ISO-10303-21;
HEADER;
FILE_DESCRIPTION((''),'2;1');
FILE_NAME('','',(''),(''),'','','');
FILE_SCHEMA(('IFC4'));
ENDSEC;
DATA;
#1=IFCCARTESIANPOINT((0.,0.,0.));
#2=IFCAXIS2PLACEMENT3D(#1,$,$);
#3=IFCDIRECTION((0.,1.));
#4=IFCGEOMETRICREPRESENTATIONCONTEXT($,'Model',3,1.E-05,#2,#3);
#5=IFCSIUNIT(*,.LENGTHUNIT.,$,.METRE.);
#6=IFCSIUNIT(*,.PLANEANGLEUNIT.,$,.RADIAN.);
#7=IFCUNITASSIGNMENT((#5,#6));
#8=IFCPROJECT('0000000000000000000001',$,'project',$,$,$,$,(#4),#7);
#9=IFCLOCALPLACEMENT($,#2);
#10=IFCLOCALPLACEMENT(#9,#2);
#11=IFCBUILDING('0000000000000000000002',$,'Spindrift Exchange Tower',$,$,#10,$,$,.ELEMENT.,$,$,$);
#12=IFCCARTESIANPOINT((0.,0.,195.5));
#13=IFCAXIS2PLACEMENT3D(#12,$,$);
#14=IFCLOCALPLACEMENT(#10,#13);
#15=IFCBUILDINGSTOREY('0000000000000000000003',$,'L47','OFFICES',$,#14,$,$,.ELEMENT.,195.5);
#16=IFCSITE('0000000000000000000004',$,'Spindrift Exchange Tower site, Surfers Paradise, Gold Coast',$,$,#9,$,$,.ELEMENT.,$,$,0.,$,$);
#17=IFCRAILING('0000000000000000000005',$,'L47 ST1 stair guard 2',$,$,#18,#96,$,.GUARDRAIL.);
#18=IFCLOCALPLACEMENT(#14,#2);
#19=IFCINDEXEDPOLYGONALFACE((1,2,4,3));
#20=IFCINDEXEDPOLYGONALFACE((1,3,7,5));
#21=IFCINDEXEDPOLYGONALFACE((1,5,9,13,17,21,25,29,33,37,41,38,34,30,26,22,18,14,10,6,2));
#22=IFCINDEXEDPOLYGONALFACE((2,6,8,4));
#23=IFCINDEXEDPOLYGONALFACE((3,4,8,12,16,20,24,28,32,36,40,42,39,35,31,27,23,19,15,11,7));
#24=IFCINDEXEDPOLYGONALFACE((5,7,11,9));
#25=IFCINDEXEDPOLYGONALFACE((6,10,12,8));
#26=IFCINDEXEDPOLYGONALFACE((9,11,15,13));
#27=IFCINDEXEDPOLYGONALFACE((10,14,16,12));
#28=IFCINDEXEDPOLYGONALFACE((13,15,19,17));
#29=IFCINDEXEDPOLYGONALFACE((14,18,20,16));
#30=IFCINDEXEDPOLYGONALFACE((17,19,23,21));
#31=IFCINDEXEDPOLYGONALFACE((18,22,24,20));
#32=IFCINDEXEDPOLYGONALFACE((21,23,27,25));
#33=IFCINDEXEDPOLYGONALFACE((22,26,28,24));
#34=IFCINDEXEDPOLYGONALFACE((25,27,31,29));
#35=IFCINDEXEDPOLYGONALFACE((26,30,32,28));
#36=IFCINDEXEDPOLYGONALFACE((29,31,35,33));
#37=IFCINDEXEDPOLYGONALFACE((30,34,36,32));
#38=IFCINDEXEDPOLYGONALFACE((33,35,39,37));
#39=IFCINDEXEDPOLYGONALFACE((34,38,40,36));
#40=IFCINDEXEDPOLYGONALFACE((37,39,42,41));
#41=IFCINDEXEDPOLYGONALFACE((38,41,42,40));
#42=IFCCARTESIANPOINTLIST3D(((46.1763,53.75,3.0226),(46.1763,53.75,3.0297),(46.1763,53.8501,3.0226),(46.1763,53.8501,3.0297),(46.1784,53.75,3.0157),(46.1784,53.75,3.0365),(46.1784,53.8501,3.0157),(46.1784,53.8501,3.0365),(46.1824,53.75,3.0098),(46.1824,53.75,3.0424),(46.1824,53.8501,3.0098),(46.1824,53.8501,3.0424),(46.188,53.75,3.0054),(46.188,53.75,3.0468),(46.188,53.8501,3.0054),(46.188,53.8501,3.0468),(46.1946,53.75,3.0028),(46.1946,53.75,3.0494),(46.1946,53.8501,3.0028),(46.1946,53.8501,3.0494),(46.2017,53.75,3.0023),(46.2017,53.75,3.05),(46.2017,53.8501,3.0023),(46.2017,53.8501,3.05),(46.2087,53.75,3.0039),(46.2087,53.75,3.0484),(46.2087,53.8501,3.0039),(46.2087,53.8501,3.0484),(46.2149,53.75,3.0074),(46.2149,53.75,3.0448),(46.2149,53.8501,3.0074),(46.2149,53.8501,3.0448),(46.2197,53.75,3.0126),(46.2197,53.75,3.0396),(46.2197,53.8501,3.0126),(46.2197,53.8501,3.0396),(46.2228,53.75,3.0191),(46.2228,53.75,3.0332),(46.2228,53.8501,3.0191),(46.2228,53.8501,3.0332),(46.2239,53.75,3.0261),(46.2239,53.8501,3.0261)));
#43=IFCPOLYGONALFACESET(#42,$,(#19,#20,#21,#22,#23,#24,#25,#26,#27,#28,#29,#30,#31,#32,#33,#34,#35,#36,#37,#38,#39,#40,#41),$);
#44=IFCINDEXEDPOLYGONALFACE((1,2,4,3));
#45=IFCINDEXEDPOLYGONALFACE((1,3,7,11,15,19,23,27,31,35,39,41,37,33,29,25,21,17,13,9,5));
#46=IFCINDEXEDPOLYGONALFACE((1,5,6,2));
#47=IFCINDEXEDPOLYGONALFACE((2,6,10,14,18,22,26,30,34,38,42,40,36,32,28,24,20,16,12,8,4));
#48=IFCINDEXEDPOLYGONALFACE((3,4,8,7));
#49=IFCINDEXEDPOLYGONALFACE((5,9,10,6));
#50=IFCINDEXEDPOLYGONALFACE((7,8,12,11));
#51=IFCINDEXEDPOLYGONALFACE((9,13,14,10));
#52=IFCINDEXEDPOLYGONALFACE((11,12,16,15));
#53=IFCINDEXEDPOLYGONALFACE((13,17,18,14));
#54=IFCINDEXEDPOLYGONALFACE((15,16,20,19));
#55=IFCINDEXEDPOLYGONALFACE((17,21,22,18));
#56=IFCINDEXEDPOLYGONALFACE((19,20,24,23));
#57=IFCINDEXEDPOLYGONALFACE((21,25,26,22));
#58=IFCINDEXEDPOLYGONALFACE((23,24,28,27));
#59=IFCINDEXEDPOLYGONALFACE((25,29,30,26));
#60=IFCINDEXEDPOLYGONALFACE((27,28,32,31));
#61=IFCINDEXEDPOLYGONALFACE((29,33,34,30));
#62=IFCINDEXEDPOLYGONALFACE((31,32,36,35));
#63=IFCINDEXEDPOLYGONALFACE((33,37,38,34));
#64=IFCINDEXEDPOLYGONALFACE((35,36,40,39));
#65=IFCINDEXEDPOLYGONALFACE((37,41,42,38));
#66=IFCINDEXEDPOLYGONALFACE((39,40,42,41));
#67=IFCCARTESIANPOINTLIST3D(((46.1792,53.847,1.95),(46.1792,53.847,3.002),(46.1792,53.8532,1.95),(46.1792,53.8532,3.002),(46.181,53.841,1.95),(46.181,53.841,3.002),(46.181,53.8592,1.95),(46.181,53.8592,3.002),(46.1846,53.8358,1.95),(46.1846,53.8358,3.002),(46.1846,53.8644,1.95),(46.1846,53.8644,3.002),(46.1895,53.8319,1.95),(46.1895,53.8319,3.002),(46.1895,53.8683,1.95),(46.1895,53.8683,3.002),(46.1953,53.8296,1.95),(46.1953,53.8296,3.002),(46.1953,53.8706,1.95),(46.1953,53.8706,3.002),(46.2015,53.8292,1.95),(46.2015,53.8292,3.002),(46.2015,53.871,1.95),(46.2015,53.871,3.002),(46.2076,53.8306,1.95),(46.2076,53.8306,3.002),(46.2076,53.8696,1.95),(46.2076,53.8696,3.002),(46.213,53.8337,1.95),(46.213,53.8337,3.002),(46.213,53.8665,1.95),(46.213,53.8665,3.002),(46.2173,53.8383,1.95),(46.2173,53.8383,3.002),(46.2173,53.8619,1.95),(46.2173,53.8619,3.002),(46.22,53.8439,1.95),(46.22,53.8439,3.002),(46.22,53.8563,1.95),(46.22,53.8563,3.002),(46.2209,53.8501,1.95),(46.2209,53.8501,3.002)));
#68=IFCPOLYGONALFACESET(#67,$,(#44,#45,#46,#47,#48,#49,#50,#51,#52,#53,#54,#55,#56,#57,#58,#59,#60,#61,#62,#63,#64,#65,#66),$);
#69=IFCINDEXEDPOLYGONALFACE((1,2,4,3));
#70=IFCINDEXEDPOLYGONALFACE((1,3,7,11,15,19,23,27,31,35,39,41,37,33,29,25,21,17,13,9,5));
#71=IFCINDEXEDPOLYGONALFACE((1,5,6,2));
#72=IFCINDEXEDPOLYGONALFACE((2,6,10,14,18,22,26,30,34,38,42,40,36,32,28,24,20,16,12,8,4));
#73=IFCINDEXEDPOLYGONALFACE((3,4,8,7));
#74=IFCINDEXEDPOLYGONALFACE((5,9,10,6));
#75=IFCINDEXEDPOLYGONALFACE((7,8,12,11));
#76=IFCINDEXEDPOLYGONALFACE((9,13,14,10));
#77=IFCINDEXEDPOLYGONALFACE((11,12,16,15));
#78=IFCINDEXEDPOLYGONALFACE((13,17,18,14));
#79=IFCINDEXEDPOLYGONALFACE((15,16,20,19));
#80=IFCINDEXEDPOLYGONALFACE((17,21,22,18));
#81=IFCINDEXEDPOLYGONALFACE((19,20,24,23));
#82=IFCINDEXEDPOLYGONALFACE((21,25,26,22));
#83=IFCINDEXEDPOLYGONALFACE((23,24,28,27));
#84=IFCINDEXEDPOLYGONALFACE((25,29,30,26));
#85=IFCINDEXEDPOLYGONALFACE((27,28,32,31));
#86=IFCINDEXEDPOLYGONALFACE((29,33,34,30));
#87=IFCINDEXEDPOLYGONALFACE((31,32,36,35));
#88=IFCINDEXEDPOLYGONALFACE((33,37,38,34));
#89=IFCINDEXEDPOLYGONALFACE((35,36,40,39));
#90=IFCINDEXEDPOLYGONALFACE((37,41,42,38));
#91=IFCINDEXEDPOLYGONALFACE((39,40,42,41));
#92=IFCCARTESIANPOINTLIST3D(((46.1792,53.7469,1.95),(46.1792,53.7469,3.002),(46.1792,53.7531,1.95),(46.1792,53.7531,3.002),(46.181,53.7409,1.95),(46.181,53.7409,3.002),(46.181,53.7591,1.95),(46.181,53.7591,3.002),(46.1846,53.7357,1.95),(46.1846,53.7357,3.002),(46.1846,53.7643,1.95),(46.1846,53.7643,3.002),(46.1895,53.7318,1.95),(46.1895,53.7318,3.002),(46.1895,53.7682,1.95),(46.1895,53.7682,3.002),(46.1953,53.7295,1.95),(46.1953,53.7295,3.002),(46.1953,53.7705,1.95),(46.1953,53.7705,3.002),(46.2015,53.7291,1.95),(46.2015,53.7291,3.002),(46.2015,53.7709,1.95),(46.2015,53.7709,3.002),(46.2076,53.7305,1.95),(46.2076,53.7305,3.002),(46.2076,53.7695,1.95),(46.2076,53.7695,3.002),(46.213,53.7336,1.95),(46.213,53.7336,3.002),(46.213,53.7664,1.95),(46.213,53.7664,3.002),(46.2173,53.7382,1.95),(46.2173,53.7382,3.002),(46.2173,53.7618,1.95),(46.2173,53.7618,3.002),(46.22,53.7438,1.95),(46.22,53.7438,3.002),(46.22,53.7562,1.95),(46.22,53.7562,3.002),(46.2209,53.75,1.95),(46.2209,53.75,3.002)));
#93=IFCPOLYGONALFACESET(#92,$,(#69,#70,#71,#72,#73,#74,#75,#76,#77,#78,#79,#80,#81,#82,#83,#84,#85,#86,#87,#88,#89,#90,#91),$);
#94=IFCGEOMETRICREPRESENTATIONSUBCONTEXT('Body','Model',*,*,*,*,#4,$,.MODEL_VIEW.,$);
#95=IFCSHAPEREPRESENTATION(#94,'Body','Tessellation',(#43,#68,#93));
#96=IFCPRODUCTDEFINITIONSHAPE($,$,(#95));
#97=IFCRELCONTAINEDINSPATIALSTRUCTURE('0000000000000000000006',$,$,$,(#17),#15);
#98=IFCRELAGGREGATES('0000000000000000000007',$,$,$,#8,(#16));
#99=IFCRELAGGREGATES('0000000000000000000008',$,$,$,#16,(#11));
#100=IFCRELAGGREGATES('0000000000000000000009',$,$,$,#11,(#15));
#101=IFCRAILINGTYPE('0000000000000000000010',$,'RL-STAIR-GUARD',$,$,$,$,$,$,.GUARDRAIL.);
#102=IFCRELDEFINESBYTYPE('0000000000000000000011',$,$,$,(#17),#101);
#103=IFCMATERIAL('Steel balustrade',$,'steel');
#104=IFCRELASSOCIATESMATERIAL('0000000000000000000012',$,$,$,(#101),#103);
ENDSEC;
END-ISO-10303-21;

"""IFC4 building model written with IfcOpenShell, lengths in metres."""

from ifc_helpers import new_model, si_unit, direction, frame, origin, origin_2d, place, context, subcontext, project, spatial, circle, extrude, material, type_object, element, save


model = new_model("IFC4")

# Units and contexts
model_context = context("Model", 3, precision=1e-05, world=origin(), true_north=direction((0.0, 1.0)))
body_context = subcontext(model_context, "Body", "Model", "MODEL_VIEW")
ifc_project = project(units=[si_unit("LENGTHUNIT", "METRE"), si_unit("PLANEANGLEUNIT", "RADIAN")], contexts=[model_context])

# Site, building, storey
site_placement = place(None, origin())
site = spatial("IfcSite", under=ifc_project, at=site_placement, Name="Spindrift Exchange Tower site, Surfers Paradise, Gold Coast", CompositionType="ELEMENT", RefElevation=0.0)
building_placement = place(site_placement, origin())
building = spatial("IfcBuilding", under=site, at=building_placement, Name="Spindrift Exchange Tower", CompositionType="ELEMENT")
storey_placement = place(building_placement, frame((0.0, 0.0, 195.5)))
storey = spatial("IfcBuildingStorey", under=building, at=storey_placement, Name="L47", Description="OFFICES", CompositionType="ELEMENT", Elevation=195.5)

# Railing
ifc_material_1 = material(Name="Steel balustrade", Category="steel")
railing_type_1 = type_object("IfcRailingType", Name="RL-STAIR-GUARD", PredefinedType="GUARDRAIL", material=ifc_material_1)
railing_1_placement = place(storey_placement, frame((46.2, 53.8501, 1.95)))
element("IfcRailing", 1, at=railing_1_placement, inside=storey, type_object=railing_type_1, Name="L47 ST1 stair guard 2", PredefinedType="GUARDRAIL", context=body_context, shape_type="SweptSolid", body=[
    extrude(circle(Radius=0.0239, at=origin_2d()), frame((0.0, 0.0, 1.0762), z_axis=(0.0, -1.0, 0.0), x_axis=(1.0, 0.0, 0.0)), (0.0, 0.0, 1.0), 0.1001),
    extrude(circle(Radius=0.021, at=origin_2d()), origin(), (0.0, 0.0, 1.0), 1.052),
    extrude(circle(Radius=0.021, at=origin_2d()), frame((0.0, -0.1001, 0.0)), (0.0, 0.0, 1.0), 1.052),
])

save(model, "model.ifc")
